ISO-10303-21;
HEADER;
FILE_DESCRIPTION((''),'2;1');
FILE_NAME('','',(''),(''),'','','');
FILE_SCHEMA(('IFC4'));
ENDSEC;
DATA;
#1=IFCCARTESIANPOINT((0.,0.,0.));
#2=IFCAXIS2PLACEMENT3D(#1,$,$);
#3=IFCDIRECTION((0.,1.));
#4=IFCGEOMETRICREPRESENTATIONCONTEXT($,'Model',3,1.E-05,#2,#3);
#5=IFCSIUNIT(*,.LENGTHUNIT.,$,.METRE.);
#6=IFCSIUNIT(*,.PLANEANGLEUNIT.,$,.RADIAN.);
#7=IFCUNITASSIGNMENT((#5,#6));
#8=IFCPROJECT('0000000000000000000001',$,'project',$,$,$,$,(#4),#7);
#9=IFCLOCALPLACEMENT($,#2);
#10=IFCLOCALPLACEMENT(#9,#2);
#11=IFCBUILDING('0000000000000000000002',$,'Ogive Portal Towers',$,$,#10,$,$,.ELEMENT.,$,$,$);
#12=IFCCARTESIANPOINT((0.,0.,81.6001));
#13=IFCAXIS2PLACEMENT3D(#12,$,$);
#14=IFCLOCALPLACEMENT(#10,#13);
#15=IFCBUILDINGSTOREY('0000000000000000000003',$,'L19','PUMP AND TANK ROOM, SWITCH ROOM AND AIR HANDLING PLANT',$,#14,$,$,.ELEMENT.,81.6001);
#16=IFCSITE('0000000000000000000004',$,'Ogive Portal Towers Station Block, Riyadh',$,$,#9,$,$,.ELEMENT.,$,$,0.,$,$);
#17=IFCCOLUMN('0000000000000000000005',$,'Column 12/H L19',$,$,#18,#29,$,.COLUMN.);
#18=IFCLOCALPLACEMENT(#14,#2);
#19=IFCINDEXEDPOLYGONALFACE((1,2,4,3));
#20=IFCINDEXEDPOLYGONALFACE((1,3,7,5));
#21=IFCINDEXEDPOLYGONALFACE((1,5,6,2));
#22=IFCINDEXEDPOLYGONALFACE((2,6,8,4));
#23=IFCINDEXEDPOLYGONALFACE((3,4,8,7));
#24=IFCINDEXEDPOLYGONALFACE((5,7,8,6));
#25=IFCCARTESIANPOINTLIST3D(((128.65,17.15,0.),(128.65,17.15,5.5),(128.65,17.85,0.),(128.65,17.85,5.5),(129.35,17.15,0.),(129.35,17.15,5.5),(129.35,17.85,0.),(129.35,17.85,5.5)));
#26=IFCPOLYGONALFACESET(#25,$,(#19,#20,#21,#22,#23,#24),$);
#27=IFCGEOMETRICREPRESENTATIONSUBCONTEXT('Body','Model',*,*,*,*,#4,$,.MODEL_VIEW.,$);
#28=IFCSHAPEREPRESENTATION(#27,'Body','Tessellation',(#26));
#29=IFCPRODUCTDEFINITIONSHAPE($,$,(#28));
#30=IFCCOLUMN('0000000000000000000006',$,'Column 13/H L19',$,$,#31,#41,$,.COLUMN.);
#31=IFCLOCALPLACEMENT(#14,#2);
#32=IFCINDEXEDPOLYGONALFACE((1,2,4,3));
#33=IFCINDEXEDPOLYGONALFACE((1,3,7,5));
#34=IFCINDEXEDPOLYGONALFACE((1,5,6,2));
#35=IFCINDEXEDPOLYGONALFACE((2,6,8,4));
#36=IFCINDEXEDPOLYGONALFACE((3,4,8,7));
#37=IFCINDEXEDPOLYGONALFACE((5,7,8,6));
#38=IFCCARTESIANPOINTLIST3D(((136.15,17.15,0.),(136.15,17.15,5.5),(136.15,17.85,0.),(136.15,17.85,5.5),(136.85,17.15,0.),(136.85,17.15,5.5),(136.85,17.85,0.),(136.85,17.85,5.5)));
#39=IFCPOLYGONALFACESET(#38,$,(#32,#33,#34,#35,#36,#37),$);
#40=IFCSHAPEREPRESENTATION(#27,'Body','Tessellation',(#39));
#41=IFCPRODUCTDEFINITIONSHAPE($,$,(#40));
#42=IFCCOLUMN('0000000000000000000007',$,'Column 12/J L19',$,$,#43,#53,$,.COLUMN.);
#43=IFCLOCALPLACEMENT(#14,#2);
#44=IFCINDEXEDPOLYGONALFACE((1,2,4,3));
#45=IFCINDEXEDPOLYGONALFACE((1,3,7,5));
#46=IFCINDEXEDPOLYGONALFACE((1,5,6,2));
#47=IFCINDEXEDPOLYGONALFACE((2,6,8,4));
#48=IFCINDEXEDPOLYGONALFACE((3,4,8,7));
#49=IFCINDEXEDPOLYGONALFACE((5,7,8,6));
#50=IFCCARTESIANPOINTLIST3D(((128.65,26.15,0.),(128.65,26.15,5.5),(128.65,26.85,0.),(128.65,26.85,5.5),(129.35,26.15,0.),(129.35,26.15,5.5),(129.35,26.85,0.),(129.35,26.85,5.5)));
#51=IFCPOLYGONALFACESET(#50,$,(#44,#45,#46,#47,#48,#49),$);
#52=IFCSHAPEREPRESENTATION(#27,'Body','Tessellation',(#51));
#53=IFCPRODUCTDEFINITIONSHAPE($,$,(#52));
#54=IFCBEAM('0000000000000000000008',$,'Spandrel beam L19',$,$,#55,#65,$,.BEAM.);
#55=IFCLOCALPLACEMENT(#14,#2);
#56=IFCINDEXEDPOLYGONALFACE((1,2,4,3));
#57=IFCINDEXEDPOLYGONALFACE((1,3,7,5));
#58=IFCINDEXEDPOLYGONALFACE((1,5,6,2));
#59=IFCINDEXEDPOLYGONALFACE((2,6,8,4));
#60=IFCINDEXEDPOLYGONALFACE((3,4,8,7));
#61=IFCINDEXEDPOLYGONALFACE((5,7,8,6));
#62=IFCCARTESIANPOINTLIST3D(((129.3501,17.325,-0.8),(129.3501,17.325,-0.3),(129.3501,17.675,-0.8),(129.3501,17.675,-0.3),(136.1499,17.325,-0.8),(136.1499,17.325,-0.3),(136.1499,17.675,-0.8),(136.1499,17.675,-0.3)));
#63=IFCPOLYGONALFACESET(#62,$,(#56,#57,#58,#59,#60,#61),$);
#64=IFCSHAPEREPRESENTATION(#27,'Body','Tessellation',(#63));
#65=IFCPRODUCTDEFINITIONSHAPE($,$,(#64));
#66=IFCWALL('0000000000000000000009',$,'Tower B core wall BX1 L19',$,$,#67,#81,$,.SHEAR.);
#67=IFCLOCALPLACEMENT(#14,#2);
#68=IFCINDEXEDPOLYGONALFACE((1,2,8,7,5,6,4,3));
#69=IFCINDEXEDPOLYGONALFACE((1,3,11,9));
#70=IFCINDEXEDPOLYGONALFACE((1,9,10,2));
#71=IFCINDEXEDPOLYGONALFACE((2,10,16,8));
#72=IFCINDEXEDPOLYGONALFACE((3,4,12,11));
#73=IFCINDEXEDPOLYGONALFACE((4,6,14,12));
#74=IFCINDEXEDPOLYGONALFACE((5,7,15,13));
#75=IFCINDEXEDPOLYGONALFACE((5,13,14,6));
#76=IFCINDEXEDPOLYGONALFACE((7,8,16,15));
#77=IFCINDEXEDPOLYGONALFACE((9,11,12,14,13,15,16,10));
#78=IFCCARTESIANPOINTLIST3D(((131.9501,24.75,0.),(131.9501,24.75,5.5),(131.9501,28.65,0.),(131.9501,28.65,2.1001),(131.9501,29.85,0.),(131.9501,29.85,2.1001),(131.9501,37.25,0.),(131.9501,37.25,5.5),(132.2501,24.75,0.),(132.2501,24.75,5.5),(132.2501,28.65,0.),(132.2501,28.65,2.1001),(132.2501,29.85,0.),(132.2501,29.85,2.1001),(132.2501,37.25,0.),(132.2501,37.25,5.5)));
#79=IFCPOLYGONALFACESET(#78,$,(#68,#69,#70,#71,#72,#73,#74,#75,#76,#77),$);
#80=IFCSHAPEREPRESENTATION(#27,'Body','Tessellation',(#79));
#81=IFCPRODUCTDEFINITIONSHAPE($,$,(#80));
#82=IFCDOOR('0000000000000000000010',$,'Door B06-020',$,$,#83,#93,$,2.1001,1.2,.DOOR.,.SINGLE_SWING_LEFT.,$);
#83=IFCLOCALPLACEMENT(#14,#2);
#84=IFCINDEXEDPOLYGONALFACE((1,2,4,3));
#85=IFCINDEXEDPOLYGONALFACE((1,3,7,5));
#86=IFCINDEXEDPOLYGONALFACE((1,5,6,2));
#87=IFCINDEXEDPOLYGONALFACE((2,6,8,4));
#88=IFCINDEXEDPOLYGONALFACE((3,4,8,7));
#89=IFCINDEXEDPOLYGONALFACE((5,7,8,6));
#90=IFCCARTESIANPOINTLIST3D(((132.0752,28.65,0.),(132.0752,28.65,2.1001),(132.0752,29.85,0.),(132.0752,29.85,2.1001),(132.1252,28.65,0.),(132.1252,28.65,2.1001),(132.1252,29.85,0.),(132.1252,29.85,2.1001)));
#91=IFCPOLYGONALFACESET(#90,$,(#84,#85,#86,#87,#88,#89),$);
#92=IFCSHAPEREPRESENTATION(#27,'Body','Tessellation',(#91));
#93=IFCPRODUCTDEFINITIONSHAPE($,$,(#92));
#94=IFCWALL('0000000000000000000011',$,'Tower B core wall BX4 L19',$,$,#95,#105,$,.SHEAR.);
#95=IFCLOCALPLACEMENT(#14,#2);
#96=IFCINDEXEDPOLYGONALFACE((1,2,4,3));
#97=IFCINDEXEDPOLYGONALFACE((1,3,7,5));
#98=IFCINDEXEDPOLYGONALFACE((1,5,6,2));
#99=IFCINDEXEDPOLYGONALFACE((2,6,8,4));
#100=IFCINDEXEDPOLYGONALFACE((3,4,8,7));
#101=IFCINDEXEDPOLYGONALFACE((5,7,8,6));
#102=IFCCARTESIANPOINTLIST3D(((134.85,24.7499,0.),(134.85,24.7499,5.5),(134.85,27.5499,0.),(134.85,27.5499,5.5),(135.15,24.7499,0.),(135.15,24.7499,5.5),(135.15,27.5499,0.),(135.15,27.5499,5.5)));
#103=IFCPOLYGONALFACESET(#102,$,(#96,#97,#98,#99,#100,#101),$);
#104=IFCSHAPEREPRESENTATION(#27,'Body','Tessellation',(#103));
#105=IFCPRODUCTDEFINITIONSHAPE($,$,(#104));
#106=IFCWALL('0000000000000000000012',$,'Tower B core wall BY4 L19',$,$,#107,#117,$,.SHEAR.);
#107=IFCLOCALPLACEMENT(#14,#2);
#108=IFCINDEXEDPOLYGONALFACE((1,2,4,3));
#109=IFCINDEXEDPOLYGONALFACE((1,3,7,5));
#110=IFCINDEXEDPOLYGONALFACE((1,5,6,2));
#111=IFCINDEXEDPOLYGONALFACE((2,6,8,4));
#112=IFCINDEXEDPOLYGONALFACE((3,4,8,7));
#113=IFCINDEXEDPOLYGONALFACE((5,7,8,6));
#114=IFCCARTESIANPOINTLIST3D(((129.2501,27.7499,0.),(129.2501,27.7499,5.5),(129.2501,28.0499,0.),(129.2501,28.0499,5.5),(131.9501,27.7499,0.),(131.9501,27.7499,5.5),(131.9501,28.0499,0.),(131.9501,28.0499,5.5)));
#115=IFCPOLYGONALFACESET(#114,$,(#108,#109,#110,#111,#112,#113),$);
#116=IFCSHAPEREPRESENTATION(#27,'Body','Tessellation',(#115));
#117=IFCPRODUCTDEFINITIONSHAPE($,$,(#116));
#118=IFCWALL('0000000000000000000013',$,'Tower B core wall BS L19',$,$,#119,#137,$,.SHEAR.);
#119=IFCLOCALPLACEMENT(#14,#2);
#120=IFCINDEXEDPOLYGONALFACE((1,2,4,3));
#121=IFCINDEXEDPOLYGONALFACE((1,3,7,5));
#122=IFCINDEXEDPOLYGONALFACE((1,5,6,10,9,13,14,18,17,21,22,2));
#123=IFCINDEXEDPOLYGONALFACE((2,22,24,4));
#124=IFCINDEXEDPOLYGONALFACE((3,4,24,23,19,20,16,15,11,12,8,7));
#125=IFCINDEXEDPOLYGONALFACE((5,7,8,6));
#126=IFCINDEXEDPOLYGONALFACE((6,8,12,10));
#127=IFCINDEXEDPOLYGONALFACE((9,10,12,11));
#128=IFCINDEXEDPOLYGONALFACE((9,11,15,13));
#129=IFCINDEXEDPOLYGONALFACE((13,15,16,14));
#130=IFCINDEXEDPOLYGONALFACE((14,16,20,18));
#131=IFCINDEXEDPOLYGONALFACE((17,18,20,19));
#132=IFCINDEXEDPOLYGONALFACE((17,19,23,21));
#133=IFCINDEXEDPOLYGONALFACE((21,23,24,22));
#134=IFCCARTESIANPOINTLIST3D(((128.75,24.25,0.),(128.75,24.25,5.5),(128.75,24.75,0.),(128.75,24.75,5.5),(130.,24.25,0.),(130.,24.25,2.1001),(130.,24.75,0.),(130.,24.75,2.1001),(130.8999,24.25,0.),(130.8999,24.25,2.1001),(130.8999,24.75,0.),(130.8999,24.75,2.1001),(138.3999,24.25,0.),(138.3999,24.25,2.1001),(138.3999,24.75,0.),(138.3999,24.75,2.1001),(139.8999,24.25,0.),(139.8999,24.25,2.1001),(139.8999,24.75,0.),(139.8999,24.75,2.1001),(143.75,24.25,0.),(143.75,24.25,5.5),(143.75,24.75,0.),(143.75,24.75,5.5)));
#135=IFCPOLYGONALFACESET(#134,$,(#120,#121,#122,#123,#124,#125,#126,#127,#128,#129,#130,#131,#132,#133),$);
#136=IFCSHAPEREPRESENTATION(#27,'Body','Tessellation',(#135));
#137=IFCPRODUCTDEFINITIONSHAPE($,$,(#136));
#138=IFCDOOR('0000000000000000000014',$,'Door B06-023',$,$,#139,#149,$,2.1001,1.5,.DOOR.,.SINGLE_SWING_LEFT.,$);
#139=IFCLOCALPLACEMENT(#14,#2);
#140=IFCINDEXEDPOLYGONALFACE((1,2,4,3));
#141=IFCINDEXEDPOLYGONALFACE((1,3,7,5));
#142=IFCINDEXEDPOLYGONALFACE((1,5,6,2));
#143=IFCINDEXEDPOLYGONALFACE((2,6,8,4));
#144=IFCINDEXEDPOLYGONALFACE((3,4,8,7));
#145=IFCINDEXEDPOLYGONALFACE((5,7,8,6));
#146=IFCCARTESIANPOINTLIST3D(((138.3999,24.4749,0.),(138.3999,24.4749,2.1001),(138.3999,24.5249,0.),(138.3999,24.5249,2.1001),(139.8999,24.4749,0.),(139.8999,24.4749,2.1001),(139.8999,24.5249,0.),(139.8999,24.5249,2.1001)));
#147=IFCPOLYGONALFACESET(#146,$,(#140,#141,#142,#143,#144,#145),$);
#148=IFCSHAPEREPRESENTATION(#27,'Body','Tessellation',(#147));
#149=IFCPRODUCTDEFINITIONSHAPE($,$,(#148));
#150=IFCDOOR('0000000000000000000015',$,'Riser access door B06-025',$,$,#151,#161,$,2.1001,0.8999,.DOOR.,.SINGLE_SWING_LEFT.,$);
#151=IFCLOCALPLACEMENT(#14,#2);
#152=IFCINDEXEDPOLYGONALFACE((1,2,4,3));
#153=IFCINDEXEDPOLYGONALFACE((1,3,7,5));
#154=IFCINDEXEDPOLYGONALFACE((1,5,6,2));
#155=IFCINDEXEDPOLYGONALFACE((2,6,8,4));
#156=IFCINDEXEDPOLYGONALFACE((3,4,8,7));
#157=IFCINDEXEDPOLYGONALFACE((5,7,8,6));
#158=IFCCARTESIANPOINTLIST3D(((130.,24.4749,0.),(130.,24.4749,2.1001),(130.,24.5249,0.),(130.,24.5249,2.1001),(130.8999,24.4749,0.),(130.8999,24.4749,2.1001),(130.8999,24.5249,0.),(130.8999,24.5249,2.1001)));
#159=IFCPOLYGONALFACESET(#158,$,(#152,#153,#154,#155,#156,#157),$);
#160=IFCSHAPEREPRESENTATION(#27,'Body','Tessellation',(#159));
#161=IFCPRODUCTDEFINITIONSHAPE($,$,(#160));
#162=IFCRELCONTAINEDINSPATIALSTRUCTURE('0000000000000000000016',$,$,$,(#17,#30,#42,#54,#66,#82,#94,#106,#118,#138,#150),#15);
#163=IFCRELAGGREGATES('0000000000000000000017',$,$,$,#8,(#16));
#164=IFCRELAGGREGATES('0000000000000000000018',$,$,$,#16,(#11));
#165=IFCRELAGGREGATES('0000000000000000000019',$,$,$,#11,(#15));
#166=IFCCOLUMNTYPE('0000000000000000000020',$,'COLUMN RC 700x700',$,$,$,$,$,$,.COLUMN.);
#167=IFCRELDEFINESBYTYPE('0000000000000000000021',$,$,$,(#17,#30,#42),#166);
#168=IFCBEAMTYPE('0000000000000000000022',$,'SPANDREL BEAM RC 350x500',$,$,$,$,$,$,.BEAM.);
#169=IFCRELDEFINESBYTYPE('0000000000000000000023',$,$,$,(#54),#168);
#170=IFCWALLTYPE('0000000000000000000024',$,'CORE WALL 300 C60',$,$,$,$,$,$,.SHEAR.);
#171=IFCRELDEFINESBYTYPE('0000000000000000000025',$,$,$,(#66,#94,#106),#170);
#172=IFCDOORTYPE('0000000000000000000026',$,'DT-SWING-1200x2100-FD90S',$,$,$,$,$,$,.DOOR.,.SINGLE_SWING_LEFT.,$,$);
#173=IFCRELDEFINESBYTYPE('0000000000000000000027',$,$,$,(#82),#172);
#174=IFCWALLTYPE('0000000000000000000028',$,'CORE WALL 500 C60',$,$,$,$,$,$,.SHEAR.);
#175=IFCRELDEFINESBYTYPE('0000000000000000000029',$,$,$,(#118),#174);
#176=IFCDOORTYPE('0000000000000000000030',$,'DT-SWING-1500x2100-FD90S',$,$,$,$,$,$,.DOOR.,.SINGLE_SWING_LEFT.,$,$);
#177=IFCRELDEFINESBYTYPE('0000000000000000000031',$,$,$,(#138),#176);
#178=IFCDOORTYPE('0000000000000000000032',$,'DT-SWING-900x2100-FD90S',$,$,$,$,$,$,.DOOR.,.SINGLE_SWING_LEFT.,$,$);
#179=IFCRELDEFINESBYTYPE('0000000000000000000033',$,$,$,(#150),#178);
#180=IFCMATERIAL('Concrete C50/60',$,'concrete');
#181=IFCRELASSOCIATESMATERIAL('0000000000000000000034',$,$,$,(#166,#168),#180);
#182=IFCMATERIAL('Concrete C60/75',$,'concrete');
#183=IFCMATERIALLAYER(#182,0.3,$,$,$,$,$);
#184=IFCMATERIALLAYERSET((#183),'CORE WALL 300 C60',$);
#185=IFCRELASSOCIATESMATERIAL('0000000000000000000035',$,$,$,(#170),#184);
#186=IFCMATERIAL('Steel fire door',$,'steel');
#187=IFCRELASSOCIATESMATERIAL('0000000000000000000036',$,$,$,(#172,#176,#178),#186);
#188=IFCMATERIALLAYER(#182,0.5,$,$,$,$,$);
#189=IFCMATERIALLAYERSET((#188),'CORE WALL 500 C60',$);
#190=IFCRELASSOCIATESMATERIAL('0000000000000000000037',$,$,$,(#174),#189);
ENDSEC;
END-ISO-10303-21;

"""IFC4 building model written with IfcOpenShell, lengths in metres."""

from ifc_helpers import new_model, si_unit, direction, frame, frame_2d, origin, origin_2d, place, context, subcontext, project, spatial, rectangle, extrude, material, layer, layer_set, material_profile, profile_set, type_object, element, fill, save


model = new_model("IFC4")

# Units and contexts
model_context = context("Model", 3, precision=1e-05, world=origin(), true_north=direction((0.0, 1.0)))
body_context = subcontext(model_context, "Body", "Model", "MODEL_VIEW")
ifc_project = project(units=[si_unit("LENGTHUNIT", "METRE"), si_unit("PLANEANGLEUNIT", "RADIAN")], contexts=[model_context])

# Site, building, storey
site_placement = place(None, origin())
site = spatial("IfcSite", under=ifc_project, at=site_placement, Name="Ogive Portal Towers Station Block, Riyadh", CompositionType="ELEMENT", RefElevation=0.0)
building_placement = place(site_placement, origin())
building = spatial("IfcBuilding", under=site, at=building_placement, Name="Ogive Portal Towers", CompositionType="ELEMENT")
storey_placement = place(building_placement, frame((0.0, 0.0, 81.6001)))
storey = spatial("IfcBuildingStorey", under=building, at=storey_placement, Name="L19", Description="PUMP AND TANK ROOM, SWITCH ROOM AND AIR HANDLING PLANT", CompositionType="ELEMENT", Elevation=81.6001)

# Columns
ifc_material_1 = material(Name="Concrete C50/60", Category="concrete")
ifc_material_profile_1 = material_profile(ifc_material_1, rectangle(XDim=0.7, YDim=0.7, at=origin_2d()), Name="RC 700x700")
ifc_profile_set_1 = profile_set([ifc_material_profile_1], Name="Concrete C50/60")
column_type = type_object("IfcColumnType", Name="COLUMN RC 700x700", PredefinedType="COLUMN", material=ifc_profile_set_1)
for number, where, z_axis, x_axis, name in (
    (1, (129.0, 17.5, 0.0), (0.0, 0.0, 1.0), (1.0, 0.0, 0.0), "Column 12/H L19"),
    (2, (136.5, 17.5, 0.0), (0.0, 0.0, 1.0), (1.0, 0.0, 0.0), "Column 13/H L19"),
    (3, (129.0, 26.5, 0.0), (0.0, 0.0, 1.0), (1.0, 0.0, 0.0), "Column 12/J L19"),
):
    element("IfcColumn", number, at=place(storey_placement, frame(where, z_axis=z_axis, x_axis=x_axis)), inside=storey, type_object=column_type, Name=name, PredefinedType="COLUMN", context=body_context, shape_type="SweptSolid", body=[
        extrude(rectangle(XDim=0.7, YDim=0.7, at=origin_2d()), origin(), (0.0, 0.0, 1.0), 5.5),
    ])

# Beam
ifc_material_profile_2 = material_profile(ifc_material_1, rectangle(XDim=0.3501, YDim=0.5, at=origin_2d()), Name="RC 350x500")
ifc_profile_set_2 = profile_set([ifc_material_profile_2], Name="Concrete C50/60")
beam_type = type_object("IfcBeamType", Name="SPANDREL BEAM RC 350x500", PredefinedType="BEAM", material=ifc_profile_set_2)
beam_placement = place(storey_placement, frame((129.3501, 17.5, -0.55), z_axis=(1.0, 0.0, 0.0), x_axis=(0.0, 1.0, 0.0)))
element("IfcBeam", 4, at=beam_placement, inside=storey, type_object=beam_type, Name="Spandrel beam L19", PredefinedType="BEAM", context=body_context, shape_type="SweptSolid", body=[
    extrude(rectangle(XDim=0.3501, YDim=0.5, at=origin_2d()), origin(), (0.0, 0.0, 1.0), 6.7998),
])

# Wall, opening, door
ifc_material_2 = material(Name="Concrete C60/75", Category="concrete")
ifc_layer_1 = layer(ifc_material_2, 0.3)
ifc_layer_set_1 = layer_set([ifc_layer_1], Name="CORE WALL 300 C60")
wall_type_1 = type_object("IfcWallType", Name="CORE WALL 300 C60", PredefinedType="SHEAR", material=ifc_layer_set_1)
wall_1_placement = place(storey_placement, frame((132.1001, 24.75, 0.0), z_axis=(0.0, 0.0, 1.0), x_axis=(0.0, 1.0, 0.0)))
wall_1 = element("IfcWall", 5, at=wall_1_placement, inside=storey, type_object=wall_type_1, Name="Tower B core wall BX1 L19", PredefinedType="SHEAR", context=body_context, shape_type="SweptSolid", body=[
    extrude(rectangle(XDim=12.5, YDim=0.3, at=frame_2d((6.25, 0.0))), origin(), (0.0, 0.0, 1.0), 5.5),
])
opening_1_placement = place(wall_1_placement, frame((3.8999, 0.0, 0.0)))
opening_1 = element("IfcOpeningElement", 6, at=opening_1_placement, cuts=wall_1, PredefinedType="OPENING", context=body_context, shape_type="SweptSolid", body=[
    extrude(rectangle(XDim=1.2, YDim=2.1001, at=frame_2d((0.6001, 1.05))), frame((0.0, 0.1602, 0.0), z_axis=(0.0, -1.0, 0.0), x_axis=(1.0, 0.0, 0.0)), (0.0, 0.0, 1.0), 0.3201),
])
ifc_material_3 = material(Name="Steel fire door", Category="steel")
door_type_1 = type_object("IfcDoorType", Name="DT-SWING-1200x2100-FD90S", OperationType="SINGLE_SWING_LEFT", PredefinedType="DOOR", material=ifc_material_3)
door_1_placement = place(opening_1_placement, origin())
door_1 = element("IfcDoor", 7, at=door_1_placement, inside=storey, type_object=door_type_1, Name="Door B06-020", OperationType="SINGLE_SWING_LEFT", OverallHeight=2.1001, OverallWidth=1.2, PredefinedType="DOOR", context=body_context, shape_type="SweptSolid", body=[
    extrude(rectangle(XDim=1.2, YDim=2.1001, at=frame_2d((0.6001, 1.05))), frame((0.0, 0.0249, 0.0), z_axis=(0.0, -1.0, 0.0), x_axis=(1.0, 0.0, 0.0)), (0.0, 0.0, 1.0), 0.05),
])
fill(opening_1, door_1)

# Wall
wall_2_placement = place(storey_placement, frame((135.0, 24.75, 0.0), z_axis=(0.0, 0.0, 1.0), x_axis=(0.0, 1.0, 0.0)))
element("IfcWall", 8, at=wall_2_placement, inside=storey, type_object=wall_type_1, Name="Tower B core wall BX4 L19", PredefinedType="SHEAR", context=body_context, shape_type="SweptSolid", body=[
    extrude(rectangle(XDim=2.8, YDim=0.3, at=frame_2d((1.3999, 0.0))), origin(), (0.0, 0.0, 1.0), 5.5),
])

# Wall
wall_3_placement = place(storey_placement, frame((129.25, 27.8999, 0.0), z_axis=(0.0, 0.0, 1.0), x_axis=(1.0, 0.0, 0.0)))
element("IfcWall", 9, at=wall_3_placement, inside=storey, type_object=wall_type_1, Name="Tower B core wall BY4 L19", PredefinedType="SHEAR", context=body_context, shape_type="SweptSolid", body=[
    extrude(rectangle(XDim=2.7, YDim=0.3, at=frame_2d((1.3501, 0.0))), origin(), (0.0, 0.0, 1.0), 5.5),
])

# Wall, openings, doors
ifc_layer_2 = layer(ifc_material_2, 0.5)
ifc_layer_set_2 = layer_set([ifc_layer_2], Name="CORE WALL 500 C60")
wall_type_2 = type_object("IfcWallType", Name="CORE WALL 500 C60", PredefinedType="SHEAR", material=ifc_layer_set_2)
wall_4_placement = place(storey_placement, frame((128.75, 24.5, 0.0), z_axis=(0.0, 0.0, 1.0), x_axis=(1.0, 0.0, 0.0)))
wall_4 = element("IfcWall", 10, at=wall_4_placement, inside=storey, type_object=wall_type_2, Name="Tower B core wall BS L19", PredefinedType="SHEAR", context=body_context, shape_type="SweptSolid", body=[
    extrude(rectangle(XDim=15.0, YDim=0.5, at=frame_2d((7.5, 0.0))), origin(), (0.0, 0.0, 1.0), 5.5),
])
opening_2_placement = place(wall_4_placement, frame((9.6499, 0.0, 0.0)))
opening_2 = element("IfcOpeningElement", 11, at=opening_2_placement, cuts=wall_4, PredefinedType="OPENING", context=body_context, shape_type="SweptSolid", body=[
    extrude(rectangle(XDim=1.5, YDim=2.1001, at=frame_2d((0.75, 1.05))), frame((0.0, 0.26, 0.0), z_axis=(0.0, -1.0, 0.0), x_axis=(1.0, 0.0, 0.0)), (0.0, 0.0, 1.0), 0.52),
])
opening_3_placement = place(wall_4_placement, frame((1.25, 0.0, 0.0)))
opening_3 = element("IfcOpeningElement", 12, at=opening_3_placement, cuts=wall_4, PredefinedType="OPENING", context=body_context, shape_type="SweptSolid", body=[
    extrude(rectangle(XDim=0.8999, YDim=2.1001, at=frame_2d((0.45, 1.05))), frame((0.0, 0.26, 0.0), z_axis=(0.0, -1.0, 0.0), x_axis=(1.0, 0.0, 0.0)), (0.0, 0.0, 1.0), 0.52),
])
door_type_2 = type_object("IfcDoorType", Name="DT-SWING-1500x2100-FD90S", OperationType="SINGLE_SWING_LEFT", PredefinedType="DOOR", material=ifc_material_3)
door_2_placement = place(opening_2_placement, origin())
door_2 = element("IfcDoor", 13, at=door_2_placement, inside=storey, type_object=door_type_2, Name="Door B06-023", OperationType="SINGLE_SWING_LEFT", OverallHeight=2.1001, OverallWidth=1.5, PredefinedType="DOOR", context=body_context, shape_type="SweptSolid", body=[
    extrude(rectangle(XDim=1.5, YDim=2.1001, at=frame_2d((0.75, 1.05))), frame((0.0, 0.0249, 0.0), z_axis=(0.0, -1.0, 0.0), x_axis=(1.0, 0.0, 0.0)), (0.0, 0.0, 1.0), 0.05),
])
fill(opening_2, door_2)
door_type_3 = type_object("IfcDoorType", Name="DT-SWING-900x2100-FD90S", OperationType="SINGLE_SWING_LEFT", PredefinedType="DOOR", material=ifc_material_3)
door_3_placement = place(opening_3_placement, origin())
door_3 = element("IfcDoor", 14, at=door_3_placement, inside=storey, type_object=door_type_3, Name="Riser access door B06-025", OperationType="SINGLE_SWING_LEFT", OverallHeight=2.1001, OverallWidth=0.8999, PredefinedType="DOOR", context=body_context, shape_type="SweptSolid", body=[
    extrude(rectangle(XDim=0.8999, YDim=2.1001, at=frame_2d((0.45, 1.05))), frame((0.0, 0.0249, 0.0), z_axis=(0.0, -1.0, 0.0), x_axis=(1.0, 0.0, 0.0)), (0.0, 0.0, 1.0), 0.05),
])
fill(opening_3, door_3)

save(model, "model.ifc")
